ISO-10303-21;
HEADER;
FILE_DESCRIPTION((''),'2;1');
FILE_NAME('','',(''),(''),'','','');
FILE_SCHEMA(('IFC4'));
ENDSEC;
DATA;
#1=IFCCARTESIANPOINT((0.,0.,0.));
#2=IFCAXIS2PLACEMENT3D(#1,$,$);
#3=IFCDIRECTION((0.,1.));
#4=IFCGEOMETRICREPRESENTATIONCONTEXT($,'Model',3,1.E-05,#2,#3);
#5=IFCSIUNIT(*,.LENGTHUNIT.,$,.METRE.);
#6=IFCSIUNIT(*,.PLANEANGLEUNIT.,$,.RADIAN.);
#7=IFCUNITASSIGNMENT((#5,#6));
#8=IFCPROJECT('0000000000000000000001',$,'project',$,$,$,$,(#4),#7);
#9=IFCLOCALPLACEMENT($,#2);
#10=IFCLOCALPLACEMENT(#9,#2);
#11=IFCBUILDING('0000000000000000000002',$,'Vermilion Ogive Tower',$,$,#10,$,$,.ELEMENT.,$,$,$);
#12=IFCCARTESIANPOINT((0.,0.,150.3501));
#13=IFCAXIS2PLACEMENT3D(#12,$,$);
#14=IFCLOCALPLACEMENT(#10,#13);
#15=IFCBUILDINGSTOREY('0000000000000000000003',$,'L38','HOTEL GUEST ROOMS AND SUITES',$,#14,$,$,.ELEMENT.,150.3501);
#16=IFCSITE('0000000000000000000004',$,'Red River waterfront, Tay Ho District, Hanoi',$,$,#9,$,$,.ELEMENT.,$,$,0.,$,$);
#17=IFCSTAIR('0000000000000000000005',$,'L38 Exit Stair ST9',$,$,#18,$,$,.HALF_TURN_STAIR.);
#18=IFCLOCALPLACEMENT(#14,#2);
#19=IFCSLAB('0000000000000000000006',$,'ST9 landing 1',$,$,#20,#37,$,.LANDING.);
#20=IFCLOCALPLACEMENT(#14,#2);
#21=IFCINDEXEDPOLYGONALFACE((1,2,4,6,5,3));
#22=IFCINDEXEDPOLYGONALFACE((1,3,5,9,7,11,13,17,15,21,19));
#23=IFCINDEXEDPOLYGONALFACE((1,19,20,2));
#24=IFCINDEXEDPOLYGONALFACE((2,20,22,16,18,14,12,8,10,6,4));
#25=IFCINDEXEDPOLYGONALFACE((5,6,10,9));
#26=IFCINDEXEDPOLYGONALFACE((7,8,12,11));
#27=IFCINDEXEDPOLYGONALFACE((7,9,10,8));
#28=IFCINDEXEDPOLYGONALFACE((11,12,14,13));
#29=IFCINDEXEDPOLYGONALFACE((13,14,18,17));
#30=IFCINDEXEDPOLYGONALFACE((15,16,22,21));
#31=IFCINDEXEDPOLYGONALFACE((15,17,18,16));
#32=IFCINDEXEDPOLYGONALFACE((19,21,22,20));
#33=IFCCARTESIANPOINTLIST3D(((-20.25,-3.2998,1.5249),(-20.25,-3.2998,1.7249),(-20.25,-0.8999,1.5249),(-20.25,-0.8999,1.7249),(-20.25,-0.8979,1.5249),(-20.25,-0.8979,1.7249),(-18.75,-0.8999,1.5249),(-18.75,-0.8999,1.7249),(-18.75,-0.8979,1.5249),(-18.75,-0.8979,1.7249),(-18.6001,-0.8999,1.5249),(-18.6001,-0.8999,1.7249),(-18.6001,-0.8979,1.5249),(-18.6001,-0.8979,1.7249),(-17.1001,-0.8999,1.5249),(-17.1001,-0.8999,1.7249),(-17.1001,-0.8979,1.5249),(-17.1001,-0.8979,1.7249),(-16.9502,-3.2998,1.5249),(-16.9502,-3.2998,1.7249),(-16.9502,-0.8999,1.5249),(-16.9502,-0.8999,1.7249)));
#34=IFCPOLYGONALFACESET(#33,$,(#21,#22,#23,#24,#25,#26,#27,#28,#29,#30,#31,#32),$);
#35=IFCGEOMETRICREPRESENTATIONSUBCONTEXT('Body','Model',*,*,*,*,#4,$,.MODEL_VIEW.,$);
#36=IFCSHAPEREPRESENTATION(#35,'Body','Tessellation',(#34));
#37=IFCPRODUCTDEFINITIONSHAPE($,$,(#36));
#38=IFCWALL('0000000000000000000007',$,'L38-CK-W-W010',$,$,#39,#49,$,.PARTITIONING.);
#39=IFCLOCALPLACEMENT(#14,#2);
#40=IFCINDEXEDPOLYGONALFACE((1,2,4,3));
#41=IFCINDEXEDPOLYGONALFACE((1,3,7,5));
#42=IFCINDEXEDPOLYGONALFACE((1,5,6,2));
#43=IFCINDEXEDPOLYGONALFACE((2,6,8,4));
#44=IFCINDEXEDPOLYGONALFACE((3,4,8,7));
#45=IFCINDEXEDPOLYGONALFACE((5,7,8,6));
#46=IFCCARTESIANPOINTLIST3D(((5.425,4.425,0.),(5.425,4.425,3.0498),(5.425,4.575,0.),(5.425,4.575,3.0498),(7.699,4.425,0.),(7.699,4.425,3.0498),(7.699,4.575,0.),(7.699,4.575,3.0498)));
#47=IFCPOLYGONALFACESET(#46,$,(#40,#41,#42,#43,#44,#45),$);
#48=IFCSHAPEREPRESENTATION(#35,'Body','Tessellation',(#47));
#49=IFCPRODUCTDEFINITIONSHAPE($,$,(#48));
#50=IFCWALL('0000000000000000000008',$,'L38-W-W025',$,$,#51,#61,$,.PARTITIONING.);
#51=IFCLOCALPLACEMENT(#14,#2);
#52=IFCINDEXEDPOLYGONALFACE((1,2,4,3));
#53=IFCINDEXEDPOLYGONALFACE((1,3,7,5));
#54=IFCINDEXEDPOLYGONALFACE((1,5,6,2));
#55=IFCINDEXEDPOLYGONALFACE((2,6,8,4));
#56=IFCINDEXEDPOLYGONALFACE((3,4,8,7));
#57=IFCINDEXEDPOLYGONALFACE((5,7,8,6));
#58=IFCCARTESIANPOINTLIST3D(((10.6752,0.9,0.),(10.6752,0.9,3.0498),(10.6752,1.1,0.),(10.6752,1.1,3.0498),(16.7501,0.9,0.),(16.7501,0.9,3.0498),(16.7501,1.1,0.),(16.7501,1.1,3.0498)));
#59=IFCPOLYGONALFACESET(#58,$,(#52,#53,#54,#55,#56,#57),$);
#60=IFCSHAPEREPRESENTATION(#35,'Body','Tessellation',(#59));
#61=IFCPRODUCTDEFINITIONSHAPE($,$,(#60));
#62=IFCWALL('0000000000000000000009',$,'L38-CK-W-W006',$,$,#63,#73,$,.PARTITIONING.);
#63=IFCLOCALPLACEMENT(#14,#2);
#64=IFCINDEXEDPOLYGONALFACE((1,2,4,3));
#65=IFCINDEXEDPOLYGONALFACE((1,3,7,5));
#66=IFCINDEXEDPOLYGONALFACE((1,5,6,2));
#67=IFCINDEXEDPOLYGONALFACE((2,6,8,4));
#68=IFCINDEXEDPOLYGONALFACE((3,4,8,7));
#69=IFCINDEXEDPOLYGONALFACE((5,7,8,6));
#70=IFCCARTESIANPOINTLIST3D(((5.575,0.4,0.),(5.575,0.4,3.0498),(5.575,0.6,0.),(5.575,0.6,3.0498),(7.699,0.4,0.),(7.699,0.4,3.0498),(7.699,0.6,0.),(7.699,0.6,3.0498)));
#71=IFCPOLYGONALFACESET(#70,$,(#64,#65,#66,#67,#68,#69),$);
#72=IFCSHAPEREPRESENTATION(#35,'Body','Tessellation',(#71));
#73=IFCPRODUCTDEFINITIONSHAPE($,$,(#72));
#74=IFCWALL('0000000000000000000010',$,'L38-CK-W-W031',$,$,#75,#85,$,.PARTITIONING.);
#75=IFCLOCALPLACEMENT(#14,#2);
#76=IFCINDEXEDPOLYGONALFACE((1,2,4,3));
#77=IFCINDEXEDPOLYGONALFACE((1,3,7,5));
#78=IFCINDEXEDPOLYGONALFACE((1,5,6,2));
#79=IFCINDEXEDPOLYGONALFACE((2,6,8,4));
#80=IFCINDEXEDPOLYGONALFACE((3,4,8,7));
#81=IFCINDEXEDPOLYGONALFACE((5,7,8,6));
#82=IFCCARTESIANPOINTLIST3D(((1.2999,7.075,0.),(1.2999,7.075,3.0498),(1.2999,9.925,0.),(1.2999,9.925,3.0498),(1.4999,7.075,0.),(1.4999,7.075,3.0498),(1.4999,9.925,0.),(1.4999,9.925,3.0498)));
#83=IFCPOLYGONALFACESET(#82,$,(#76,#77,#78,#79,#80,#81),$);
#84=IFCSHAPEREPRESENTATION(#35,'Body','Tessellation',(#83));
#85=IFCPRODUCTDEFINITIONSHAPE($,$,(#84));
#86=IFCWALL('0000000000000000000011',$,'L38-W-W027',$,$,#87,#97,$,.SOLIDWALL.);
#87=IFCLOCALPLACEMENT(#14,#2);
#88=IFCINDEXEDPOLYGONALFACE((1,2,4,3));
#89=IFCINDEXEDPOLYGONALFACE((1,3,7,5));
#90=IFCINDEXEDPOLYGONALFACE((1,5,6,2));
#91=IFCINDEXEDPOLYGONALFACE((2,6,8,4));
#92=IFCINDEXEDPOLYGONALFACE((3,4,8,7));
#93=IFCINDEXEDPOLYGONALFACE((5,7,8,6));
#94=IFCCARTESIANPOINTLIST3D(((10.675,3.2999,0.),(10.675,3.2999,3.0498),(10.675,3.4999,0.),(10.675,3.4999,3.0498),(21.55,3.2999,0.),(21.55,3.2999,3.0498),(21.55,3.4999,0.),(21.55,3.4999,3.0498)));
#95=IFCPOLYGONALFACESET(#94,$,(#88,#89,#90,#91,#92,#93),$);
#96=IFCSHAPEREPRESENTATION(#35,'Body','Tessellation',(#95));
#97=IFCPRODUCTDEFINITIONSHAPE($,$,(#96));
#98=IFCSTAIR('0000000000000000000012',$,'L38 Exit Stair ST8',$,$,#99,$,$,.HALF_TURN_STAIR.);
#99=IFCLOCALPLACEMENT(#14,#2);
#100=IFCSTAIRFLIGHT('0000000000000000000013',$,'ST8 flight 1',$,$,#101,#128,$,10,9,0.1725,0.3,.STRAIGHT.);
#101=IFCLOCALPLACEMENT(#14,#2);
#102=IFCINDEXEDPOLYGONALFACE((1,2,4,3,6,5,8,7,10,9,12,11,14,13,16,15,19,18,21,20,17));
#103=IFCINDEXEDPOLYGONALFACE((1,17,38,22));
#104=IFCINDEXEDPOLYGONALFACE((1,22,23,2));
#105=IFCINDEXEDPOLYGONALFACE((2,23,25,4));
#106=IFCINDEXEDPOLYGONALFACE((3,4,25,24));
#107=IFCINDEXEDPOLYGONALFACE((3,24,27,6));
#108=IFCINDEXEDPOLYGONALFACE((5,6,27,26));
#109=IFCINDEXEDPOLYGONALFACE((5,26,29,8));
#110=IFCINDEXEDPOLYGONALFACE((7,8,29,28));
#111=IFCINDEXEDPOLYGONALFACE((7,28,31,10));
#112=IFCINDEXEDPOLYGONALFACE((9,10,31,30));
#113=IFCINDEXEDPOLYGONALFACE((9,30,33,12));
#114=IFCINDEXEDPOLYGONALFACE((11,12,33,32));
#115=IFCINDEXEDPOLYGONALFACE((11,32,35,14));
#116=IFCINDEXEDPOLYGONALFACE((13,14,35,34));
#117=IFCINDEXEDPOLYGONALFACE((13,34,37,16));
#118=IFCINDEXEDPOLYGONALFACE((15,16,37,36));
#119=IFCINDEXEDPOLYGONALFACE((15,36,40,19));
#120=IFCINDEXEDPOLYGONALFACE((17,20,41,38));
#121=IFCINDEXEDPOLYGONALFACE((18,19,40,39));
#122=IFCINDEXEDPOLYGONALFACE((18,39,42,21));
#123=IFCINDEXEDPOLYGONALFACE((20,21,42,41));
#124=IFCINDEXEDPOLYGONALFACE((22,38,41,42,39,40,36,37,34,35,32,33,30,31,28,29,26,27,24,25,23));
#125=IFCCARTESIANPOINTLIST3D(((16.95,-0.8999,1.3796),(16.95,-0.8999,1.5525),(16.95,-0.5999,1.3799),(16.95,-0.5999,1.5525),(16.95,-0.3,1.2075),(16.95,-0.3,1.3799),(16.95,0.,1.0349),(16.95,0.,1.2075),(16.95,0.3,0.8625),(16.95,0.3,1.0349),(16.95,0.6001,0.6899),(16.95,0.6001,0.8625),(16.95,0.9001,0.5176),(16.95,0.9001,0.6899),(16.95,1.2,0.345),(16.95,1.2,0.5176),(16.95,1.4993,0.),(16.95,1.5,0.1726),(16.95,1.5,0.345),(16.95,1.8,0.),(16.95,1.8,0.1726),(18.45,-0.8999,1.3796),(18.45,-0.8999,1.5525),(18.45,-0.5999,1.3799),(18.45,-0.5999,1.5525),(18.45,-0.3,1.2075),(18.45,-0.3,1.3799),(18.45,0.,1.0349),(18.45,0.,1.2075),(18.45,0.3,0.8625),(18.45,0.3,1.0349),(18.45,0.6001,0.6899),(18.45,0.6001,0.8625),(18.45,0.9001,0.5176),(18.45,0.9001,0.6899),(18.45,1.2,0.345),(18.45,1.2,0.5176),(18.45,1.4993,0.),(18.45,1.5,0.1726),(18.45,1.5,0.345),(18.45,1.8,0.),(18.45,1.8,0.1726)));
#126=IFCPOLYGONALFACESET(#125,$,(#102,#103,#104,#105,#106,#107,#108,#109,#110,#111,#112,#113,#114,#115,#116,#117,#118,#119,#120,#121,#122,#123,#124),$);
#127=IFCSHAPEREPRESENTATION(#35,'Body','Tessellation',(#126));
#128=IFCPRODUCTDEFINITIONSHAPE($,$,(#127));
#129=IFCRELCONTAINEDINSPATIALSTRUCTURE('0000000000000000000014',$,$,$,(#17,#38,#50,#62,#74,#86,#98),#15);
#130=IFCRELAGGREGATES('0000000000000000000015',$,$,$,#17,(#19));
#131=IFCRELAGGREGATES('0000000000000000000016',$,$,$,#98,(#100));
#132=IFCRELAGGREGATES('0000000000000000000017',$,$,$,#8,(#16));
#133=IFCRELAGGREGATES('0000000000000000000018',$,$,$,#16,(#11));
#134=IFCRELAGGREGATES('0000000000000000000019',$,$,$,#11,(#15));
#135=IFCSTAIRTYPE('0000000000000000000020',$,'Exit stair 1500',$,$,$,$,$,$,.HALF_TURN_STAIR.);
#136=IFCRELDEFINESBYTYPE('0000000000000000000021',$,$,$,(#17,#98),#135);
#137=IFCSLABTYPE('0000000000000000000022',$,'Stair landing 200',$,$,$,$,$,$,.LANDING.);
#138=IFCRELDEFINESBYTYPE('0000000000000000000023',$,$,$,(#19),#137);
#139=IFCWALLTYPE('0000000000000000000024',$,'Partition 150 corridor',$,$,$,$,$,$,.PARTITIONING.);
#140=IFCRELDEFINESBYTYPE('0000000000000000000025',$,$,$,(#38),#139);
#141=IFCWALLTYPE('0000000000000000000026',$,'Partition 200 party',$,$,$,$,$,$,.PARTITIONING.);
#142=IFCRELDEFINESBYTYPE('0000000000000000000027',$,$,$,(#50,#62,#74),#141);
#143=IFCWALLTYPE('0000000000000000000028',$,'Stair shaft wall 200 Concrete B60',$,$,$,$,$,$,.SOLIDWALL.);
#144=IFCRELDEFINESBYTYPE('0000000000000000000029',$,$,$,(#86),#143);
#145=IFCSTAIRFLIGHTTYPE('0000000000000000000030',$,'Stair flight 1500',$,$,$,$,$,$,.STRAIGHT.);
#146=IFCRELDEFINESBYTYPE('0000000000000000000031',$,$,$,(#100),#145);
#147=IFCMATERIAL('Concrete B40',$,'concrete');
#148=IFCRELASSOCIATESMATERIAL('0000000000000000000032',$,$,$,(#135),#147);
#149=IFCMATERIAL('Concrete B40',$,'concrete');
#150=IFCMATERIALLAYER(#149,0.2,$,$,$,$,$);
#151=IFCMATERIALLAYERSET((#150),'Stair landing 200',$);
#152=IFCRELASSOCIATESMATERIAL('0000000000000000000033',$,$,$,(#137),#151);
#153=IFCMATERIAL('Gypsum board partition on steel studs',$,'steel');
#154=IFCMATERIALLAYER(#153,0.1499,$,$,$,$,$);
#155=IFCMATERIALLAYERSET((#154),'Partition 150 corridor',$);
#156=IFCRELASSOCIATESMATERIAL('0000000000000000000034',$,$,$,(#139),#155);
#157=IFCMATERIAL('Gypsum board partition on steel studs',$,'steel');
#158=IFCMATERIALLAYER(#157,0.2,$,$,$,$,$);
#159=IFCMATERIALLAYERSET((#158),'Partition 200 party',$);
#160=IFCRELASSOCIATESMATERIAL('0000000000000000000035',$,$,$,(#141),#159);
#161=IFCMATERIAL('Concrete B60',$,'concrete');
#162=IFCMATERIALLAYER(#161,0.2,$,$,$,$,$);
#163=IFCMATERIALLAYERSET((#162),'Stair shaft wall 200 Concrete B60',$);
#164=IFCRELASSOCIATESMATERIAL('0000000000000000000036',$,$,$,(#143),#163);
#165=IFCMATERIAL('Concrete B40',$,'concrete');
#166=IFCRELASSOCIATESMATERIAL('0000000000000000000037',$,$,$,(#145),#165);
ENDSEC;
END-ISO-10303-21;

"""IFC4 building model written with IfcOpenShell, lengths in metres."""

from ifc_helpers import new_model, si_unit, direction, frame, frame_2d, origin, place, context, subcontext, project, spatial, polyline, rectangle, outline, extrude, material, layer, layer_set, type_object, element, aggregate, save


model = new_model("IFC4")

# Units and contexts
model_context = context("Model", 3, precision=1e-05, world=origin(), true_north=direction((0.0, 1.0)))
body_context = subcontext(model_context, "Body", "Model", "MODEL_VIEW")
ifc_project = project(units=[si_unit("LENGTHUNIT", "METRE"), si_unit("PLANEANGLEUNIT", "RADIAN")], contexts=[model_context])

# Site, building, storey
site_placement = place(None, origin())
site = spatial("IfcSite", under=ifc_project, at=site_placement, Name="Red River waterfront, Tay Ho District, Hanoi", CompositionType="ELEMENT", RefElevation=0.0)
building_placement = place(site_placement, origin())
building = spatial("IfcBuilding", under=site, at=building_placement, Name="Vermilion Ogive Tower", CompositionType="ELEMENT")
storey_placement = place(building_placement, frame((0.0, 0.0, 150.3501)))
storey = spatial("IfcBuildingStorey", under=building, at=storey_placement, Name="L38", Description="HOTEL GUEST ROOMS AND SUITES", CompositionType="ELEMENT", Elevation=150.3501)

# Stair, slab
ifc_material_1 = material(Name="Concrete B40", Category="concrete")
stair_type = type_object("IfcStairType", Name="Exit stair 1500", PredefinedType="HALF_TURN_STAIR", material=ifc_material_1)
stair_1_placement = place(storey_placement, origin())
stair_1 = element("IfcStair", 1, at=stair_1_placement, inside=storey, type_object=stair_type, Name="L38 Exit Stair ST9", PredefinedType="HALF_TURN_STAIR")
ifc_material_2 = material(Name="Concrete B40", Category="concrete")
ifc_layer_1 = layer(ifc_material_2, 0.2)
ifc_layer_set_1 = layer_set([ifc_layer_1], Name="Stair landing 200")
slab_type_1 = type_object("IfcSlabType", Name="Stair landing 200", PredefinedType="LANDING", material=ifc_layer_set_1)
slab_1_placement = place(storey_placement, frame((0.0, 0.0, 1.5249)))
slab_1 = element("IfcSlab", 2, at=slab_1_placement, type_object=slab_type_1, Name="ST9 landing 1", PredefinedType="LANDING", context=body_context, shape_type="SweptSolid", body=[
    extrude(outline(polyline([(-16.9502, -0.8999), (-17.1001, -0.8999), (-17.1001, -0.8979), (-18.6001, -0.8979), (-18.6001, -0.8999), (-18.75, -0.8999), (-18.75, -0.8979), (-20.25, -0.8979), (-20.25, -0.8999), (-20.25, -0.8999), (-20.25, -3.2998), (-16.9502, -3.2998), (-16.9502, -0.8999)])), origin(), (0.0, 0.0, 1.0), 0.2),
])
aggregate(stair_1, [slab_1])

# Walls
ifc_material_3 = material(Name="Gypsum board partition on steel studs", Category="steel")
ifc_layer_2 = layer(ifc_material_3, 0.1499)
ifc_layer_set_2 = layer_set([ifc_layer_2], Name="Partition 150 corridor")
wall_type_1 = type_object("IfcWallType", Name="Partition 150 corridor", PredefinedType="PARTITIONING", material=ifc_layer_set_2)
wall_1_placement = place(storey_placement, frame((5.425, 4.5, 0.0), z_axis=(0.0, 0.0, 1.0), x_axis=(1.0, 0.0, 0.0)))
element("IfcWall", 3, at=wall_1_placement, inside=storey, type_object=wall_type_1, Name="L38-CK-W-W010", PredefinedType="PARTITIONING", context=body_context, shape_type="SweptSolid", body=[
    extrude(rectangle(XDim=2.2739, YDim=0.1499, at=frame_2d((1.137, 0.0))), origin(), (0.0, 0.0, 1.0), 3.0498),
])
ifc_material_4 = material(Name="Gypsum board partition on steel studs", Category="steel")
ifc_layer_3 = layer(ifc_material_4, 0.2)
ifc_layer_set_3 = layer_set([ifc_layer_3], Name="Partition 200 party")
wall_type_2 = type_object("IfcWallType", Name="Partition 200 party", PredefinedType="PARTITIONING", material=ifc_layer_set_3)
wall_2_placement = place(storey_placement, frame((10.675, 1.0, 0.0), z_axis=(0.0, 0.0, 1.0), x_axis=(1.0, 0.0, 0.0)))
element("IfcWall", 4, at=wall_2_placement, inside=storey, type_object=wall_type_2, Name="L38-W-W025", PredefinedType="PARTITIONING", context=body_context, shape_type="SweptSolid", body=[
    extrude(rectangle(XDim=6.075, YDim=0.2, at=frame_2d((3.0376, 0.0))), origin(), (0.0, 0.0, 1.0), 3.0498),
])
wall_3_placement = place(storey_placement, frame((5.575, 0.5, 0.0), z_axis=(0.0, 0.0, 1.0), x_axis=(1.0, 0.0, 0.0)))
element("IfcWall", 5, at=wall_3_placement, inside=storey, type_object=wall_type_2, Name="L38-CK-W-W006", PredefinedType="PARTITIONING", context=body_context, shape_type="SweptSolid", body=[
    extrude(rectangle(XDim=2.124, YDim=0.2, at=frame_2d((1.062, 0.0))), origin(), (0.0, 0.0, 1.0), 3.0498),
])
wall_4_placement = place(storey_placement, frame((1.3999, 7.075, 0.0), z_axis=(0.0, 0.0, 1.0), x_axis=(0.0, 1.0, 0.0)))
element("IfcWall", 6, at=wall_4_placement, inside=storey, type_object=wall_type_2, Name="L38-CK-W-W031", PredefinedType="PARTITIONING", context=body_context, shape_type="SweptSolid", body=[
    extrude(rectangle(XDim=2.8501, YDim=0.2, at=frame_2d((1.425, 0.0))), origin(), (0.0, 0.0, 1.0), 3.0498),
])
ifc_material_5 = material(Name="Concrete B60", Category="concrete")
ifc_layer_4 = layer(ifc_material_5, 0.2)
ifc_layer_set_4 = layer_set([ifc_layer_4], Name="Stair shaft wall 200 Concrete B60")
wall_type_3 = type_object("IfcWallType", Name="Stair shaft wall 200 Concrete B60", PredefinedType="SOLIDWALL", material=ifc_layer_set_4)
wall_5_placement = place(storey_placement, frame((10.675, 3.3999, 0.0), z_axis=(0.0, 0.0, 1.0), x_axis=(1.0, 0.0, 0.0)))
element("IfcWall", 7, at=wall_5_placement, inside=storey, type_object=wall_type_3, Name="L38-W-W027", PredefinedType="SOLIDWALL", context=body_context, shape_type="SweptSolid", body=[
    extrude(rectangle(XDim=10.875, YDim=0.2, at=frame_2d((5.4375, 0.0))), origin(), (0.0, 0.0, 1.0), 3.0498),
])

# Stair, stair flight
stair_2_placement = place(storey_placement, origin())
stair_2 = element("IfcStair", 8, at=stair_2_placement, inside=storey, type_object=stair_type, Name="L38 Exit Stair ST8", PredefinedType="HALF_TURN_STAIR")
ifc_material_6 = material(Name="Concrete B40", Category="concrete")
stair_flight_type = type_object("IfcStairFlightType", Name="Stair flight 1500", PredefinedType="STRAIGHT", material=ifc_material_6)
stair_flight_placement = place(storey_placement, frame((17.7, 1.8, 0.0), z_axis=(0.0, 0.0, 1.0), x_axis=(0.0, -1.0, 0.0)))
stair_flight = element("IfcStairFlight", 9, at=stair_flight_placement, type_object=stair_flight_type, Name="ST8 flight 1", NumberOfRisers=10, NumberOfTreads=9, PredefinedType="STRAIGHT", RiserHeight=0.1725, TreadLength=0.3, context=body_context, shape_type="SweptSolid", body=[
    extrude(outline(polyline([(0.0, 0.0), (0.0, 0.1726), (0.3, 0.1726), (0.3, 0.345), (0.6001, 0.345), (0.6001, 0.5176), (0.8999, 0.5176), (0.8999, 0.6899), (1.2, 0.6899), (1.2, 0.8625), (1.5, 0.8625), (1.5, 1.0349), (1.8, 1.0349), (1.8, 1.2075), (2.1001, 1.2075), (2.1001, 1.3799), (2.3999, 1.3799), (2.3999, 1.5525), (2.7, 1.5525), (2.7, 1.7251), (2.7, 1.3796), (0.3008, 0.0), (0.0, 0.0)])), frame((0.0, 0.75, 0.0), z_axis=(0.0, -1.0, 0.0), x_axis=(1.0, 0.0, 0.0)), (0.0, 0.0, 1.0), 1.5),
])
aggregate(stair_2, [stair_flight])

save(model, "model.ifc")
